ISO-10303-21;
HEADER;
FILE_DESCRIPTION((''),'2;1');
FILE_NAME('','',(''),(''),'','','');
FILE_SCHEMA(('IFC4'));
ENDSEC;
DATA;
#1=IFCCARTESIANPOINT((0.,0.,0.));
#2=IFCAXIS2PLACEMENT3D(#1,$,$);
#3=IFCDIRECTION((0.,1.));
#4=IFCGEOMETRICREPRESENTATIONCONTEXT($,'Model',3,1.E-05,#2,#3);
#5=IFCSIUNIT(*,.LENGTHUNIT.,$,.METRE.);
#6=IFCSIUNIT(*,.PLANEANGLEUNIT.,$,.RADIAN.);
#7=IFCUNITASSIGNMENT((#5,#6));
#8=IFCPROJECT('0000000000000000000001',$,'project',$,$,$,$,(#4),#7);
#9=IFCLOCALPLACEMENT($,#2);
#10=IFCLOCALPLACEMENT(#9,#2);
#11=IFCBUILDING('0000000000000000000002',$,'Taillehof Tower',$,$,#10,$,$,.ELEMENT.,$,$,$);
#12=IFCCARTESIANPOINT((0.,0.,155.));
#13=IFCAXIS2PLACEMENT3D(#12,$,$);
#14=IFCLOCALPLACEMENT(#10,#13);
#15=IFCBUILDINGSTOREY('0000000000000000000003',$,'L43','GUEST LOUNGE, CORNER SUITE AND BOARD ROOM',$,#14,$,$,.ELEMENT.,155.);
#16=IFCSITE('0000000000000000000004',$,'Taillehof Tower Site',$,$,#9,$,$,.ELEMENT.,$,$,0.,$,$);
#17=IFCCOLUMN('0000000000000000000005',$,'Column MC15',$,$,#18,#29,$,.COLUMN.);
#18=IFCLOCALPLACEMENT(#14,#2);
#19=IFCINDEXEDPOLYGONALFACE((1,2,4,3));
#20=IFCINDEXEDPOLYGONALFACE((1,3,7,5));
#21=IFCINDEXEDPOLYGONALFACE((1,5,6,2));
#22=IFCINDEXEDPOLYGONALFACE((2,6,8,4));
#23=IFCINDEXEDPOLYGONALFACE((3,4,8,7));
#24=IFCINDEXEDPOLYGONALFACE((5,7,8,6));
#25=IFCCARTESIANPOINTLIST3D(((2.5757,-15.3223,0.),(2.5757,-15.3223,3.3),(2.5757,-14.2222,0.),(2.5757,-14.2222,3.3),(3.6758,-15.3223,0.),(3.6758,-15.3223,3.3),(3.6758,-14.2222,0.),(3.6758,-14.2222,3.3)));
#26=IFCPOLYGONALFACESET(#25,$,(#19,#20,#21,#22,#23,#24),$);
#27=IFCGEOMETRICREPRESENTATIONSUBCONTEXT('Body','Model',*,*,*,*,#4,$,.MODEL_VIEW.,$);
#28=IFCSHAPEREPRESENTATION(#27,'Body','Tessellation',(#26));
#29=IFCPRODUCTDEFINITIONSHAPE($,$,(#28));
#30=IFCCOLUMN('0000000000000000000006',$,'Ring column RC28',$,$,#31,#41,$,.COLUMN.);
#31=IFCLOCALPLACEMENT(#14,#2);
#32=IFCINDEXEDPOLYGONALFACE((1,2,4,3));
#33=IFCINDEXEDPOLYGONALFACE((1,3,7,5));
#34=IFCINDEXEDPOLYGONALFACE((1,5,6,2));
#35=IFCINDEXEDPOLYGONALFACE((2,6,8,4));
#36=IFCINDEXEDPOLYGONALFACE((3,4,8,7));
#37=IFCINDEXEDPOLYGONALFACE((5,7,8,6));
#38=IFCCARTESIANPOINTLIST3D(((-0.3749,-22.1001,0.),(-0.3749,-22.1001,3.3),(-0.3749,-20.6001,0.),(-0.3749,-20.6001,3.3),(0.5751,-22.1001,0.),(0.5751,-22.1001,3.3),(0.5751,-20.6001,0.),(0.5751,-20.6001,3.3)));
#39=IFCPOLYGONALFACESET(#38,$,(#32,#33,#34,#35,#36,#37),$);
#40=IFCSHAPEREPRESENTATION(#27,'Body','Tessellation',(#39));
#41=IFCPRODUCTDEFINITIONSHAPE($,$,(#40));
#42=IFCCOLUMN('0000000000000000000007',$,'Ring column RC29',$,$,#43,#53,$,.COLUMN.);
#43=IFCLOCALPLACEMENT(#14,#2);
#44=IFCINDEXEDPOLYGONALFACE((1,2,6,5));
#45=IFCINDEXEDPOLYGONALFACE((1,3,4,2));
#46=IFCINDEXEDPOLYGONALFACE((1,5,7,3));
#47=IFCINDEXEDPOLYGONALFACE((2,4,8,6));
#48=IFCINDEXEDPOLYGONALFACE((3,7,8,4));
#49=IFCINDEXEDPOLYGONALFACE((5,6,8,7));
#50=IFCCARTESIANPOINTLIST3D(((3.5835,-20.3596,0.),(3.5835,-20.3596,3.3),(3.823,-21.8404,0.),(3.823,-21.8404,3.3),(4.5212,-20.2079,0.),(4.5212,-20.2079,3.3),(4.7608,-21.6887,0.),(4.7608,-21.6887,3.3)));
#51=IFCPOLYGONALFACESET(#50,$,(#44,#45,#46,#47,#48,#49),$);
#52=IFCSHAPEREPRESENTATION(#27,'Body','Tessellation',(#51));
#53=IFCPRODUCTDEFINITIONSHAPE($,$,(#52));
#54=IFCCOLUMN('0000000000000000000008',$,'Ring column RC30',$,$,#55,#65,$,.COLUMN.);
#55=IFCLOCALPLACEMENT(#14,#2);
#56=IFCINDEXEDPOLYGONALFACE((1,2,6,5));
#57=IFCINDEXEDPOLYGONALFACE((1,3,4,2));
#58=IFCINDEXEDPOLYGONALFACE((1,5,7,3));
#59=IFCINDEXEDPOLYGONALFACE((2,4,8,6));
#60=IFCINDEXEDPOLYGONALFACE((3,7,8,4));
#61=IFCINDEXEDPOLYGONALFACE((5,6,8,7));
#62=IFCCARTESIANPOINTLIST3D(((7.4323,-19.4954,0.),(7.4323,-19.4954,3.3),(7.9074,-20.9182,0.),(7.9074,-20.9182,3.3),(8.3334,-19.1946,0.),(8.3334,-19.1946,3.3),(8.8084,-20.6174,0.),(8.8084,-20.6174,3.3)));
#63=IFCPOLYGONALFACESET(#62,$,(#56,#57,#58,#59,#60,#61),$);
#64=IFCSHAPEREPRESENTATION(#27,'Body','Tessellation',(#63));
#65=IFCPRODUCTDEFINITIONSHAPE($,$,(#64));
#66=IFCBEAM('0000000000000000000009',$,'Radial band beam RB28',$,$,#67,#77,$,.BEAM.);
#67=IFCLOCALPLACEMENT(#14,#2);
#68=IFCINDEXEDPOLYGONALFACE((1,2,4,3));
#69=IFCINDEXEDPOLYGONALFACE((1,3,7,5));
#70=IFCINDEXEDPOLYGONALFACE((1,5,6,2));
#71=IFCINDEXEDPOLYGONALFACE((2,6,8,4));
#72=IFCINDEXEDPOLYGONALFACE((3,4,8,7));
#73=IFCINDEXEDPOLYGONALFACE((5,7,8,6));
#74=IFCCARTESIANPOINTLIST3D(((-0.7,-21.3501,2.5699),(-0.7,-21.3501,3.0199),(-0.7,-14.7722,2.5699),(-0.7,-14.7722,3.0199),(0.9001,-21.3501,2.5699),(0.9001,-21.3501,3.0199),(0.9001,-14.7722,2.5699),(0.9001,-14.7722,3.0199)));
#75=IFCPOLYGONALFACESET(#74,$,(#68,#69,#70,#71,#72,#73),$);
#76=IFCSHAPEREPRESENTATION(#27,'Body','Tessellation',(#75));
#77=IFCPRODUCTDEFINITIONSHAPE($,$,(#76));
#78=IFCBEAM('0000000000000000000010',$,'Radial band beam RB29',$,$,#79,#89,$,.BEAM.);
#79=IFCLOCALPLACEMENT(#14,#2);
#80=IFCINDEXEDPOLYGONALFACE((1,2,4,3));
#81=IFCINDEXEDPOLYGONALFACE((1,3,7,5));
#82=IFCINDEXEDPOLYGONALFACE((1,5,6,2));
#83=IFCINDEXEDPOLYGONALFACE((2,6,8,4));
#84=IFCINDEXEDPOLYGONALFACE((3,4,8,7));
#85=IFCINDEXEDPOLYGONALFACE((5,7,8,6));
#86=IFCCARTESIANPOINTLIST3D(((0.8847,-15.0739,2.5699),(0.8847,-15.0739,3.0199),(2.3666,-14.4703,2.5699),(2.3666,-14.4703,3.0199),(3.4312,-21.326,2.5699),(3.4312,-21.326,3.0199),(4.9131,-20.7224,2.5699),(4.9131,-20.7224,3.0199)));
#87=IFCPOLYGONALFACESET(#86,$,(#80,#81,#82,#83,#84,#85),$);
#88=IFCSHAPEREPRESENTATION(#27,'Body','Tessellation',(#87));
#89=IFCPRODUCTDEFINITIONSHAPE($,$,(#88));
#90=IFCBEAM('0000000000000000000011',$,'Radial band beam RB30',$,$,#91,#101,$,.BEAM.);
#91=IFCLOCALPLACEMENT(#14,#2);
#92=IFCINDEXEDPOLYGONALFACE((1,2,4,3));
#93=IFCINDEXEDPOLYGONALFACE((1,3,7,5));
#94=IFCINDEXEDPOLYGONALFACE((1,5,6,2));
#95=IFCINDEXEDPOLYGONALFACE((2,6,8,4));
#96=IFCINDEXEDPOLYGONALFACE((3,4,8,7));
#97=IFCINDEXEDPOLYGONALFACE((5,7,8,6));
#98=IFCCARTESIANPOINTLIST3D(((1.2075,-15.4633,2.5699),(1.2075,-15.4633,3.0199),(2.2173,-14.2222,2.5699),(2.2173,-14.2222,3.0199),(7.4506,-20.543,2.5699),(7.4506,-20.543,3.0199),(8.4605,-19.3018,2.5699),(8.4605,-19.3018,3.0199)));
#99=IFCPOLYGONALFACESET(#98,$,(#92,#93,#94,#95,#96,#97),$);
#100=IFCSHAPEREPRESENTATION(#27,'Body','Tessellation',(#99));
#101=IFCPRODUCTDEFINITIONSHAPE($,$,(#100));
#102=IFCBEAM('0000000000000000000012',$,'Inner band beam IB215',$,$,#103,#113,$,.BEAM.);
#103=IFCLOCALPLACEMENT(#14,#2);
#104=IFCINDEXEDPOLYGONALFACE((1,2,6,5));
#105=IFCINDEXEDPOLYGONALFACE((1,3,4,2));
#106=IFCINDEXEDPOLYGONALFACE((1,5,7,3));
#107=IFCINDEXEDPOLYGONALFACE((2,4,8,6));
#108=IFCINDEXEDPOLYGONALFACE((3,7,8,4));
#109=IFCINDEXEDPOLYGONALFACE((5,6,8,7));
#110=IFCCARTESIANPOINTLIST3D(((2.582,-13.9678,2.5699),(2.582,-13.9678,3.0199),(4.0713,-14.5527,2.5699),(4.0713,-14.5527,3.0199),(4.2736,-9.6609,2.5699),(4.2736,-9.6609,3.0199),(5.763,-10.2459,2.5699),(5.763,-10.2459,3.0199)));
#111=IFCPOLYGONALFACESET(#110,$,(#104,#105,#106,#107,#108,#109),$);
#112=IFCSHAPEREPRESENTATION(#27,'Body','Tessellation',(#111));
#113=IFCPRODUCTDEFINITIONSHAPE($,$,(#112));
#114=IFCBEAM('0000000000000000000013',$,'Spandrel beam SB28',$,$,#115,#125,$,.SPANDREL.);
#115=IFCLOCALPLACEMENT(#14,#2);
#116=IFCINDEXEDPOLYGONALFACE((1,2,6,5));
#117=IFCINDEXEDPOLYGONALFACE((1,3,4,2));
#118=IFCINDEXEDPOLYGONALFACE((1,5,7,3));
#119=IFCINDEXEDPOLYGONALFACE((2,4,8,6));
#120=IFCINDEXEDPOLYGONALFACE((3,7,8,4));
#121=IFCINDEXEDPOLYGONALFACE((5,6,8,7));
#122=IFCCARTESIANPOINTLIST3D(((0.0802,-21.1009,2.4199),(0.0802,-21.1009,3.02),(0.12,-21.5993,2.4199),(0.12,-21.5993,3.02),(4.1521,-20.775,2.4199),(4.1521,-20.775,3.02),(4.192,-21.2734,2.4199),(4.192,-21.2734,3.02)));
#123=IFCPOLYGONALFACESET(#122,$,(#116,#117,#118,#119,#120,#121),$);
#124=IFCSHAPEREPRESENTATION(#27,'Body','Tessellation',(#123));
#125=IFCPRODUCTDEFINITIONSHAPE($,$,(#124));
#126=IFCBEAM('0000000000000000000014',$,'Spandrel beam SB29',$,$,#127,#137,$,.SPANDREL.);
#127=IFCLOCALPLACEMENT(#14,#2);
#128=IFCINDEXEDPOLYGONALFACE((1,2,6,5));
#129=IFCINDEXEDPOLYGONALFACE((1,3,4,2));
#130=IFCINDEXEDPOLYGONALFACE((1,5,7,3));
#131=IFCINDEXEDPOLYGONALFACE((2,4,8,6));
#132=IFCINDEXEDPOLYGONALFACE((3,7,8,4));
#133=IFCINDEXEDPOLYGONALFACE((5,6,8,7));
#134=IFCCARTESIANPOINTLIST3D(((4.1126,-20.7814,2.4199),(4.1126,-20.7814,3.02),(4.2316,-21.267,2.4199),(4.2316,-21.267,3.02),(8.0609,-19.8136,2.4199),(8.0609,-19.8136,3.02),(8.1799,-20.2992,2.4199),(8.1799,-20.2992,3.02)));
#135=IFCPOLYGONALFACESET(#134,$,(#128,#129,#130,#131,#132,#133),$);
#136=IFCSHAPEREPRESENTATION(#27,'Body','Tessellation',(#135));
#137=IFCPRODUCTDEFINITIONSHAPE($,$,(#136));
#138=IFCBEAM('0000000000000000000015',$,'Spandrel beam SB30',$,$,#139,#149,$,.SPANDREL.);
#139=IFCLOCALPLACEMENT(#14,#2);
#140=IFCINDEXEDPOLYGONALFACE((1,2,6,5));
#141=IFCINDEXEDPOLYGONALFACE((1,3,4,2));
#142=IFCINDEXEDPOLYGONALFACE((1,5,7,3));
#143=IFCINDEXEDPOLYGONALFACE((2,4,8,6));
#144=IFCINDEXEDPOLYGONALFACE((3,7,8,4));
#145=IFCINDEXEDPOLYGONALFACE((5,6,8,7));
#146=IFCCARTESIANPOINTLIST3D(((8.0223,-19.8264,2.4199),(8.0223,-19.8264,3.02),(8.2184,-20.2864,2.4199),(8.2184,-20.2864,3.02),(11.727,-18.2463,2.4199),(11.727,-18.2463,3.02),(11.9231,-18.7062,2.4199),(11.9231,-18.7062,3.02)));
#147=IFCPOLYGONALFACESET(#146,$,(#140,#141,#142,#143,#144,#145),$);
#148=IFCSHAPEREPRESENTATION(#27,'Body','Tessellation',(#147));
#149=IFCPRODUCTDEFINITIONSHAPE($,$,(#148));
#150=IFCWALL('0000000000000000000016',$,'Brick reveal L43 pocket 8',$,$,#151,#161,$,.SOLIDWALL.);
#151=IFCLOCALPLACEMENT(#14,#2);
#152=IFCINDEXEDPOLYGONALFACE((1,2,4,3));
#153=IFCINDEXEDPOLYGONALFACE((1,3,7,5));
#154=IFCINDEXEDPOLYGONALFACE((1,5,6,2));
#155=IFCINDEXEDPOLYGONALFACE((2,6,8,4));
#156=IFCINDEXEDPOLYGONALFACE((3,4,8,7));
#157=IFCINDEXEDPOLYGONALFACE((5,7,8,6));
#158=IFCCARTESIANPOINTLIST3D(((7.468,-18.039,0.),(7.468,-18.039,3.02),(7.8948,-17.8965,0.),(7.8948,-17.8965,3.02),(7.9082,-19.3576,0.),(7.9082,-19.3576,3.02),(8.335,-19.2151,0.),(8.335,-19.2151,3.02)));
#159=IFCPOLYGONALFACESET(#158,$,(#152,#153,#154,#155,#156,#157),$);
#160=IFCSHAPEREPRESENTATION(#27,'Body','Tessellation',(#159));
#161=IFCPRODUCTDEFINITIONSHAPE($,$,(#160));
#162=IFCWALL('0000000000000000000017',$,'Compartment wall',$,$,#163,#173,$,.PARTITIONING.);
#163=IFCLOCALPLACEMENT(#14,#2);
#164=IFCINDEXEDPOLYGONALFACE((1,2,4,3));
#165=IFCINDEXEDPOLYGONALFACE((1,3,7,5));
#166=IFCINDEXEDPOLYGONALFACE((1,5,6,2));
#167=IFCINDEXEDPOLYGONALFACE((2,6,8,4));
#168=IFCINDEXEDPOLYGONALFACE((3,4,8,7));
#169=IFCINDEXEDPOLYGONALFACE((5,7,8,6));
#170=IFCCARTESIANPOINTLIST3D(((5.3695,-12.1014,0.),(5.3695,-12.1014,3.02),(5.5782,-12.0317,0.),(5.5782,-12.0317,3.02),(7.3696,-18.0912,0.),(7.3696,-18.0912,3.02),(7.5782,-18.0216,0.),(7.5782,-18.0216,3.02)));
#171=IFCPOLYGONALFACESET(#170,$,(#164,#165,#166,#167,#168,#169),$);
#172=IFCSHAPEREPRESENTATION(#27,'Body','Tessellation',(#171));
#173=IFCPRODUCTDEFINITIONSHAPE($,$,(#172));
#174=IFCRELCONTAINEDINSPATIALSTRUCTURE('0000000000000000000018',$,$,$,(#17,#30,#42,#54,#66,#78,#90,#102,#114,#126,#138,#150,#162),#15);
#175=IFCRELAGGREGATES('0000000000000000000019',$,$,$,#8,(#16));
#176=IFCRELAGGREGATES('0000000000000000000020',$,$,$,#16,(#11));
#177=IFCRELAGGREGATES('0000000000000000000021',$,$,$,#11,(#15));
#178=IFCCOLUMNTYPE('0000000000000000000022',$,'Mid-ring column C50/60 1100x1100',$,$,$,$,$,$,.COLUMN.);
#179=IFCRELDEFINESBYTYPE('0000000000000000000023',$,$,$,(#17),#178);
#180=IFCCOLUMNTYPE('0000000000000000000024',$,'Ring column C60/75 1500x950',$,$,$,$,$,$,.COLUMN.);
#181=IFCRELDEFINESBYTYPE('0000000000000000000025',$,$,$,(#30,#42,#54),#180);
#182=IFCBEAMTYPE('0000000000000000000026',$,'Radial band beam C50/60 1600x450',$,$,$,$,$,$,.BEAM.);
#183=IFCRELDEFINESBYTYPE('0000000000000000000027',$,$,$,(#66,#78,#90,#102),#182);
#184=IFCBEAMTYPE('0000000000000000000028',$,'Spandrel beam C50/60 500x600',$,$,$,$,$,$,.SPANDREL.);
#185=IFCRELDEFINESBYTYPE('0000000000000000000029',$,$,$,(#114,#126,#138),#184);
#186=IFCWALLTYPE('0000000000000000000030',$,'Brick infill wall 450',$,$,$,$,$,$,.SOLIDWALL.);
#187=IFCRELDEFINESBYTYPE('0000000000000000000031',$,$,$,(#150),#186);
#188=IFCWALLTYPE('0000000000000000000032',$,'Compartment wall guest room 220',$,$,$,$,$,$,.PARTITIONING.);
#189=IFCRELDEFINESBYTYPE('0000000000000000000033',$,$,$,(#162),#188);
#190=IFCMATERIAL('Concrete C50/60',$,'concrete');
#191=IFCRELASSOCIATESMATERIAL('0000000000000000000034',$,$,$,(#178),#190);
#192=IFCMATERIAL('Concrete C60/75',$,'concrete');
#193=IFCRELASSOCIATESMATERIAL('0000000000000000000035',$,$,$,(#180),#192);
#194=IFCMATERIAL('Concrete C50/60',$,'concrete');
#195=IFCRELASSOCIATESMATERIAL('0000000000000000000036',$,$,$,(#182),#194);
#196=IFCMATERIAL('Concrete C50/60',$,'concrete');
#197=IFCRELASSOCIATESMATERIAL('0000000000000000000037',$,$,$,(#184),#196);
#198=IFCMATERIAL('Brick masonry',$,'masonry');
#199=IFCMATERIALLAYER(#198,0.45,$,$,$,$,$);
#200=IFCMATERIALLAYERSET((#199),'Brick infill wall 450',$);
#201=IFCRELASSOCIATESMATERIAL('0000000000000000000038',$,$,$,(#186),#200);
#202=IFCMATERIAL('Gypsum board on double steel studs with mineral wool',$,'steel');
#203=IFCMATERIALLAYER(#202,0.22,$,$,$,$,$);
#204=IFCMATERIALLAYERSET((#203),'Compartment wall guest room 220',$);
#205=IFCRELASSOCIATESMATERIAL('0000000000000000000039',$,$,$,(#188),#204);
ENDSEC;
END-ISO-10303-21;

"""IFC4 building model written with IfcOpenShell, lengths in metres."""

from ifc_helpers import new_model, si_unit, direction, frame, frame_2d, origin, origin_2d, place, context, subcontext, project, spatial, rectangle, extrude, material, layer, layer_set, material_profile, profile_set, type_object, element, save


model = new_model("IFC4")

# Units and contexts
model_context = context("Model", 3, precision=1e-05, world=origin(), true_north=direction((0.0, 1.0)))
body_context = subcontext(model_context, "Body", "Model", "MODEL_VIEW")
ifc_project = project(units=[si_unit("LENGTHUNIT", "METRE"), si_unit("PLANEANGLEUNIT", "RADIAN")], contexts=[model_context])

# Site, building, storey
site_placement = place(None, origin())
site = spatial("IfcSite", under=ifc_project, at=site_placement, Name="Taillehof Tower Site", CompositionType="ELEMENT", RefElevation=0.0)
building_placement = place(site_placement, origin())
building = spatial("IfcBuilding", under=site, at=building_placement, Name="Taillehof Tower", CompositionType="ELEMENT")
storey_placement = place(building_placement, frame((0.0, 0.0, 155.0)))
storey = spatial("IfcBuildingStorey", under=building, at=storey_placement, Name="L43", Description="GUEST LOUNGE, CORNER SUITE AND BOARD ROOM", CompositionType="ELEMENT", Elevation=155.0)

# Columns
ifc_material_1 = material(Name="Concrete C50/60", Category="concrete")
ifc_material_profile_1 = material_profile(ifc_material_1, rectangle(XDim=1.1001, YDim=1.1001, at=origin_2d()), Name="RC 1100x1100")
ifc_profile_set_1 = profile_set([ifc_material_profile_1], Name="Concrete C50/60")
column_type_1 = type_object("IfcColumnType", Name="Mid-ring column C50/60 1100x1100", PredefinedType="COLUMN", material=ifc_profile_set_1)
column_placement = place(storey_placement, frame((3.1257, -14.7722, 0.0), z_axis=(0.0, 0.0, 1.0), x_axis=(1.0, 0.0, 0.0)))
element("IfcColumn", 1, at=column_placement, inside=storey, type_object=column_type_1, Name="Column MC15", PredefinedType="COLUMN", context=body_context, shape_type="SweptSolid", body=[
    extrude(rectangle(XDim=1.1001, YDim=1.1001, at=origin_2d()), origin(), (0.0, 0.0, 1.0), 3.3),
])
ifc_material_2 = material(Name="Concrete C60/75", Category="concrete")
ifc_material_profile_2 = material_profile(ifc_material_2, rectangle(XDim=1.5, YDim=0.95, at=origin_2d()), Name="RC 1500x950")
ifc_profile_set_2 = profile_set([ifc_material_profile_2], Name="Concrete C60/75")
column_type_2 = type_object("IfcColumnType", Name="Ring column C60/75 1500x950", PredefinedType="COLUMN", material=ifc_profile_set_2)
for number, where, z_axis, x_axis, name in (
    (2, (0.1001, -21.3501, 0.0), (0.0, 0.0, 1.0), (0.0, -1.0, 0.0), "Ring column RC28"),
    (3, (4.1721, -21.0242, 0.0), (0.0, 0.0, 1.0), (0.159679, -0.987169, 0.0), "Ring column RC29"),
    (4, (8.1204, -20.0564, 0.0), (0.0, 0.0, 1.0), (0.316703, -0.948525, 0.0), "Ring column RC30"),
):
    element("IfcColumn", number, at=place(storey_placement, frame(where, z_axis=z_axis, x_axis=x_axis)), inside=storey, type_object=column_type_2, Name=name, PredefinedType="COLUMN", context=body_context, shape_type="SweptSolid", body=[
        extrude(rectangle(XDim=1.5, YDim=0.95, at=origin_2d()), origin(), (0.0, 0.0, 1.0), 3.3),
    ])

# Beams
ifc_material_3 = material(Name="Concrete C50/60", Category="concrete")
ifc_material_profile_3 = material_profile(ifc_material_3, rectangle(XDim=1.6001, YDim=0.45, at=origin_2d()), Name="RC 1600x450")
ifc_profile_set_3 = profile_set([ifc_material_profile_3], Name="Concrete C50/60")
beam_type_1 = type_object("IfcBeamType", Name="Radial band beam C50/60 1600x450", PredefinedType="BEAM", material=ifc_profile_set_3)
beam_1_placement = place(storey_placement, frame((0.1001, -21.3501, 2.7949), z_axis=(0.0, 1.0, 0.0), x_axis=(-1.0, 0.0, 0.0)))
element("IfcBeam", 5, at=beam_1_placement, inside=storey, type_object=beam_type_1, Name="Radial band beam RB28", PredefinedType="BEAM", context=body_context, shape_type="SweptSolid", body=[
    extrude(rectangle(XDim=1.6001, YDim=0.45, at=origin_2d()), origin(), (0.0, 0.0, 1.0), 6.5779),
])
beam_2_placement = place(storey_placement, frame((4.1721, -21.0242, 2.7949), z_axis=(-0.377207, 0.926129, 0.0), x_axis=(-0.926129, -0.377207, 0.0)))
element("IfcBeam", 6, at=beam_2_placement, inside=storey, type_object=beam_type_1, Name="Radial band beam RB29", PredefinedType="BEAM", context=body_context, shape_type="SweptSolid", body=[
    extrude(rectangle(XDim=1.6001, YDim=0.45, at=origin_2d()), origin(), (0.0, 0.0, 1.0), 6.7507),
])
beam_3_placement = place(storey_placement, frame((7.9556, -19.9224, 2.7949), z_axis=(-0.775687, 0.631118, 0.0), x_axis=(-0.631118, -0.775687, 0.0)))
element("IfcBeam", 7, at=beam_3_placement, inside=storey, type_object=beam_type_1, Name="Radial band beam RB30", PredefinedType="BEAM", context=body_context, shape_type="SweptSolid", body=[
    extrude(rectangle(XDim=1.6001, YDim=0.45, at=origin_2d()), origin(), (0.0, 0.0, 1.0), 8.0486),
])
beam_4_placement = place(storey_placement, frame((3.3267, -14.2603, 2.7949), z_axis=(0.365589, 0.930777, 0.0), x_axis=(-0.930777, 0.365589, 0.0)))
element("IfcBeam", 8, at=beam_4_placement, inside=storey, type_object=beam_type_1, Name="Inner band beam IB215", PredefinedType="BEAM", context=body_context, shape_type="SweptSolid", body=[
    extrude(rectangle(XDim=1.6001, YDim=0.45, at=origin_2d()), origin(), (0.0, 0.0, 1.0), 4.6272),
])
ifc_material_4 = material(Name="Concrete C50/60", Category="concrete")
ifc_material_profile_4 = material_profile(ifc_material_4, rectangle(XDim=0.5, YDim=0.6001, at=origin_2d()), Name="RC 500x600")
ifc_profile_set_4 = profile_set([ifc_material_profile_4], Name="Concrete C50/60")
beam_type_2 = type_object("IfcBeamType", Name="Spandrel beam C50/60 500x600", PredefinedType="SPANDREL", material=ifc_profile_set_4)
beam_5_placement = place(storey_placement, frame((0.1001, -21.3501, 2.72), z_axis=(0.996812, 0.079786, 0.0), x_axis=(-0.079786, 0.996812, 0.0)))
element("IfcBeam", 9, at=beam_5_placement, inside=storey, type_object=beam_type_2, Name="Spandrel beam SB28", PredefinedType="SPANDREL", context=body_context, shape_type="SweptSolid", body=[
    extrude(rectangle(XDim=0.5, YDim=0.6001, at=origin_2d()), origin(), (0.0, 0.0, 1.0), 4.085),
])
beam_6_placement = place(storey_placement, frame((4.1721, -21.0242, 2.72), z_axis=(0.971249, 0.238068, 0.0), x_axis=(-0.238068, 0.971249, 0.0)))
element("IfcBeam", 10, at=beam_6_placement, inside=storey, type_object=beam_type_2, Name="Spandrel beam SB29", PredefinedType="SPANDREL", context=body_context, shape_type="SweptSolid", body=[
    extrude(rectangle(XDim=0.5, YDim=0.6001, at=origin_2d()), origin(), (0.0, 0.0, 1.0), 4.0652),
])
beam_7_placement = place(storey_placement, frame((8.1204, -20.0564, 2.72), z_axis=(0.919827, 0.392324, 0.0), x_axis=(-0.392324, 0.919827, 0.0)))
element("IfcBeam", 11, at=beam_7_placement, inside=storey, type_object=beam_type_2, Name="Spandrel beam SB30", PredefinedType="SPANDREL", context=body_context, shape_type="SweptSolid", body=[
    extrude(rectangle(XDim=0.5, YDim=0.6001, at=origin_2d()), origin(), (0.0, 0.0, 1.0), 4.0276),
])

# Wall
ifc_material_5 = material(Name="Brick masonry", Category="masonry")
ifc_layer_1 = layer(ifc_material_5, 0.45)
ifc_layer_set_1 = layer_set([ifc_layer_1], Name="Brick infill wall 450")
wall_type_1 = type_object("IfcWallType", Name="Brick infill wall 450", PredefinedType="SOLIDWALL", material=ifc_layer_set_1)
wall_1_placement = place(storey_placement, frame((8.1216, -19.2864, 0.0), z_axis=(0.0, 0.0, 1.0), x_axis=(-0.316649, 0.948543, 0.0)))
element("IfcWall", 12, at=wall_1_placement, inside=storey, type_object=wall_type_1, Name="Brick reveal L43 pocket 8", PredefinedType="SOLIDWALL", context=body_context, shape_type="SweptSolid", body=[
    extrude(rectangle(XDim=1.3901, YDim=0.45, at=frame_2d((0.6951, 0.0))), origin(), (0.0, 0.0, 1.0), 3.02),
])

# Wall
ifc_material_6 = material(Name="Gypsum board on double steel studs with mineral wool", Category="steel")
ifc_layer_2 = layer(ifc_material_6, 0.22)
ifc_layer_set_2 = layer_set([ifc_layer_2], Name="Compartment wall guest room 220")
wall_type_2 = type_object("IfcWallType", Name="Compartment wall guest room 220", PredefinedType="PARTITIONING", material=ifc_layer_set_2)
wall_2_placement = place(storey_placement, frame((7.4739, -18.0564, 0.0), z_axis=(0.0, 0.0, 1.0), x_axis=(-0.316715, 0.948521, 0.0)))
element("IfcWall", 13, at=wall_2_placement, inside=storey, type_object=wall_type_2, Name="Compartment wall", PredefinedType="PARTITIONING", context=body_context, shape_type="SweptSolid", body=[
    extrude(rectangle(XDim=6.3149, YDim=0.22, at=frame_2d((3.1575, 0.0))), origin(), (0.0, 0.0, 1.0), 3.02),
])

save(model, "model.ifc")
